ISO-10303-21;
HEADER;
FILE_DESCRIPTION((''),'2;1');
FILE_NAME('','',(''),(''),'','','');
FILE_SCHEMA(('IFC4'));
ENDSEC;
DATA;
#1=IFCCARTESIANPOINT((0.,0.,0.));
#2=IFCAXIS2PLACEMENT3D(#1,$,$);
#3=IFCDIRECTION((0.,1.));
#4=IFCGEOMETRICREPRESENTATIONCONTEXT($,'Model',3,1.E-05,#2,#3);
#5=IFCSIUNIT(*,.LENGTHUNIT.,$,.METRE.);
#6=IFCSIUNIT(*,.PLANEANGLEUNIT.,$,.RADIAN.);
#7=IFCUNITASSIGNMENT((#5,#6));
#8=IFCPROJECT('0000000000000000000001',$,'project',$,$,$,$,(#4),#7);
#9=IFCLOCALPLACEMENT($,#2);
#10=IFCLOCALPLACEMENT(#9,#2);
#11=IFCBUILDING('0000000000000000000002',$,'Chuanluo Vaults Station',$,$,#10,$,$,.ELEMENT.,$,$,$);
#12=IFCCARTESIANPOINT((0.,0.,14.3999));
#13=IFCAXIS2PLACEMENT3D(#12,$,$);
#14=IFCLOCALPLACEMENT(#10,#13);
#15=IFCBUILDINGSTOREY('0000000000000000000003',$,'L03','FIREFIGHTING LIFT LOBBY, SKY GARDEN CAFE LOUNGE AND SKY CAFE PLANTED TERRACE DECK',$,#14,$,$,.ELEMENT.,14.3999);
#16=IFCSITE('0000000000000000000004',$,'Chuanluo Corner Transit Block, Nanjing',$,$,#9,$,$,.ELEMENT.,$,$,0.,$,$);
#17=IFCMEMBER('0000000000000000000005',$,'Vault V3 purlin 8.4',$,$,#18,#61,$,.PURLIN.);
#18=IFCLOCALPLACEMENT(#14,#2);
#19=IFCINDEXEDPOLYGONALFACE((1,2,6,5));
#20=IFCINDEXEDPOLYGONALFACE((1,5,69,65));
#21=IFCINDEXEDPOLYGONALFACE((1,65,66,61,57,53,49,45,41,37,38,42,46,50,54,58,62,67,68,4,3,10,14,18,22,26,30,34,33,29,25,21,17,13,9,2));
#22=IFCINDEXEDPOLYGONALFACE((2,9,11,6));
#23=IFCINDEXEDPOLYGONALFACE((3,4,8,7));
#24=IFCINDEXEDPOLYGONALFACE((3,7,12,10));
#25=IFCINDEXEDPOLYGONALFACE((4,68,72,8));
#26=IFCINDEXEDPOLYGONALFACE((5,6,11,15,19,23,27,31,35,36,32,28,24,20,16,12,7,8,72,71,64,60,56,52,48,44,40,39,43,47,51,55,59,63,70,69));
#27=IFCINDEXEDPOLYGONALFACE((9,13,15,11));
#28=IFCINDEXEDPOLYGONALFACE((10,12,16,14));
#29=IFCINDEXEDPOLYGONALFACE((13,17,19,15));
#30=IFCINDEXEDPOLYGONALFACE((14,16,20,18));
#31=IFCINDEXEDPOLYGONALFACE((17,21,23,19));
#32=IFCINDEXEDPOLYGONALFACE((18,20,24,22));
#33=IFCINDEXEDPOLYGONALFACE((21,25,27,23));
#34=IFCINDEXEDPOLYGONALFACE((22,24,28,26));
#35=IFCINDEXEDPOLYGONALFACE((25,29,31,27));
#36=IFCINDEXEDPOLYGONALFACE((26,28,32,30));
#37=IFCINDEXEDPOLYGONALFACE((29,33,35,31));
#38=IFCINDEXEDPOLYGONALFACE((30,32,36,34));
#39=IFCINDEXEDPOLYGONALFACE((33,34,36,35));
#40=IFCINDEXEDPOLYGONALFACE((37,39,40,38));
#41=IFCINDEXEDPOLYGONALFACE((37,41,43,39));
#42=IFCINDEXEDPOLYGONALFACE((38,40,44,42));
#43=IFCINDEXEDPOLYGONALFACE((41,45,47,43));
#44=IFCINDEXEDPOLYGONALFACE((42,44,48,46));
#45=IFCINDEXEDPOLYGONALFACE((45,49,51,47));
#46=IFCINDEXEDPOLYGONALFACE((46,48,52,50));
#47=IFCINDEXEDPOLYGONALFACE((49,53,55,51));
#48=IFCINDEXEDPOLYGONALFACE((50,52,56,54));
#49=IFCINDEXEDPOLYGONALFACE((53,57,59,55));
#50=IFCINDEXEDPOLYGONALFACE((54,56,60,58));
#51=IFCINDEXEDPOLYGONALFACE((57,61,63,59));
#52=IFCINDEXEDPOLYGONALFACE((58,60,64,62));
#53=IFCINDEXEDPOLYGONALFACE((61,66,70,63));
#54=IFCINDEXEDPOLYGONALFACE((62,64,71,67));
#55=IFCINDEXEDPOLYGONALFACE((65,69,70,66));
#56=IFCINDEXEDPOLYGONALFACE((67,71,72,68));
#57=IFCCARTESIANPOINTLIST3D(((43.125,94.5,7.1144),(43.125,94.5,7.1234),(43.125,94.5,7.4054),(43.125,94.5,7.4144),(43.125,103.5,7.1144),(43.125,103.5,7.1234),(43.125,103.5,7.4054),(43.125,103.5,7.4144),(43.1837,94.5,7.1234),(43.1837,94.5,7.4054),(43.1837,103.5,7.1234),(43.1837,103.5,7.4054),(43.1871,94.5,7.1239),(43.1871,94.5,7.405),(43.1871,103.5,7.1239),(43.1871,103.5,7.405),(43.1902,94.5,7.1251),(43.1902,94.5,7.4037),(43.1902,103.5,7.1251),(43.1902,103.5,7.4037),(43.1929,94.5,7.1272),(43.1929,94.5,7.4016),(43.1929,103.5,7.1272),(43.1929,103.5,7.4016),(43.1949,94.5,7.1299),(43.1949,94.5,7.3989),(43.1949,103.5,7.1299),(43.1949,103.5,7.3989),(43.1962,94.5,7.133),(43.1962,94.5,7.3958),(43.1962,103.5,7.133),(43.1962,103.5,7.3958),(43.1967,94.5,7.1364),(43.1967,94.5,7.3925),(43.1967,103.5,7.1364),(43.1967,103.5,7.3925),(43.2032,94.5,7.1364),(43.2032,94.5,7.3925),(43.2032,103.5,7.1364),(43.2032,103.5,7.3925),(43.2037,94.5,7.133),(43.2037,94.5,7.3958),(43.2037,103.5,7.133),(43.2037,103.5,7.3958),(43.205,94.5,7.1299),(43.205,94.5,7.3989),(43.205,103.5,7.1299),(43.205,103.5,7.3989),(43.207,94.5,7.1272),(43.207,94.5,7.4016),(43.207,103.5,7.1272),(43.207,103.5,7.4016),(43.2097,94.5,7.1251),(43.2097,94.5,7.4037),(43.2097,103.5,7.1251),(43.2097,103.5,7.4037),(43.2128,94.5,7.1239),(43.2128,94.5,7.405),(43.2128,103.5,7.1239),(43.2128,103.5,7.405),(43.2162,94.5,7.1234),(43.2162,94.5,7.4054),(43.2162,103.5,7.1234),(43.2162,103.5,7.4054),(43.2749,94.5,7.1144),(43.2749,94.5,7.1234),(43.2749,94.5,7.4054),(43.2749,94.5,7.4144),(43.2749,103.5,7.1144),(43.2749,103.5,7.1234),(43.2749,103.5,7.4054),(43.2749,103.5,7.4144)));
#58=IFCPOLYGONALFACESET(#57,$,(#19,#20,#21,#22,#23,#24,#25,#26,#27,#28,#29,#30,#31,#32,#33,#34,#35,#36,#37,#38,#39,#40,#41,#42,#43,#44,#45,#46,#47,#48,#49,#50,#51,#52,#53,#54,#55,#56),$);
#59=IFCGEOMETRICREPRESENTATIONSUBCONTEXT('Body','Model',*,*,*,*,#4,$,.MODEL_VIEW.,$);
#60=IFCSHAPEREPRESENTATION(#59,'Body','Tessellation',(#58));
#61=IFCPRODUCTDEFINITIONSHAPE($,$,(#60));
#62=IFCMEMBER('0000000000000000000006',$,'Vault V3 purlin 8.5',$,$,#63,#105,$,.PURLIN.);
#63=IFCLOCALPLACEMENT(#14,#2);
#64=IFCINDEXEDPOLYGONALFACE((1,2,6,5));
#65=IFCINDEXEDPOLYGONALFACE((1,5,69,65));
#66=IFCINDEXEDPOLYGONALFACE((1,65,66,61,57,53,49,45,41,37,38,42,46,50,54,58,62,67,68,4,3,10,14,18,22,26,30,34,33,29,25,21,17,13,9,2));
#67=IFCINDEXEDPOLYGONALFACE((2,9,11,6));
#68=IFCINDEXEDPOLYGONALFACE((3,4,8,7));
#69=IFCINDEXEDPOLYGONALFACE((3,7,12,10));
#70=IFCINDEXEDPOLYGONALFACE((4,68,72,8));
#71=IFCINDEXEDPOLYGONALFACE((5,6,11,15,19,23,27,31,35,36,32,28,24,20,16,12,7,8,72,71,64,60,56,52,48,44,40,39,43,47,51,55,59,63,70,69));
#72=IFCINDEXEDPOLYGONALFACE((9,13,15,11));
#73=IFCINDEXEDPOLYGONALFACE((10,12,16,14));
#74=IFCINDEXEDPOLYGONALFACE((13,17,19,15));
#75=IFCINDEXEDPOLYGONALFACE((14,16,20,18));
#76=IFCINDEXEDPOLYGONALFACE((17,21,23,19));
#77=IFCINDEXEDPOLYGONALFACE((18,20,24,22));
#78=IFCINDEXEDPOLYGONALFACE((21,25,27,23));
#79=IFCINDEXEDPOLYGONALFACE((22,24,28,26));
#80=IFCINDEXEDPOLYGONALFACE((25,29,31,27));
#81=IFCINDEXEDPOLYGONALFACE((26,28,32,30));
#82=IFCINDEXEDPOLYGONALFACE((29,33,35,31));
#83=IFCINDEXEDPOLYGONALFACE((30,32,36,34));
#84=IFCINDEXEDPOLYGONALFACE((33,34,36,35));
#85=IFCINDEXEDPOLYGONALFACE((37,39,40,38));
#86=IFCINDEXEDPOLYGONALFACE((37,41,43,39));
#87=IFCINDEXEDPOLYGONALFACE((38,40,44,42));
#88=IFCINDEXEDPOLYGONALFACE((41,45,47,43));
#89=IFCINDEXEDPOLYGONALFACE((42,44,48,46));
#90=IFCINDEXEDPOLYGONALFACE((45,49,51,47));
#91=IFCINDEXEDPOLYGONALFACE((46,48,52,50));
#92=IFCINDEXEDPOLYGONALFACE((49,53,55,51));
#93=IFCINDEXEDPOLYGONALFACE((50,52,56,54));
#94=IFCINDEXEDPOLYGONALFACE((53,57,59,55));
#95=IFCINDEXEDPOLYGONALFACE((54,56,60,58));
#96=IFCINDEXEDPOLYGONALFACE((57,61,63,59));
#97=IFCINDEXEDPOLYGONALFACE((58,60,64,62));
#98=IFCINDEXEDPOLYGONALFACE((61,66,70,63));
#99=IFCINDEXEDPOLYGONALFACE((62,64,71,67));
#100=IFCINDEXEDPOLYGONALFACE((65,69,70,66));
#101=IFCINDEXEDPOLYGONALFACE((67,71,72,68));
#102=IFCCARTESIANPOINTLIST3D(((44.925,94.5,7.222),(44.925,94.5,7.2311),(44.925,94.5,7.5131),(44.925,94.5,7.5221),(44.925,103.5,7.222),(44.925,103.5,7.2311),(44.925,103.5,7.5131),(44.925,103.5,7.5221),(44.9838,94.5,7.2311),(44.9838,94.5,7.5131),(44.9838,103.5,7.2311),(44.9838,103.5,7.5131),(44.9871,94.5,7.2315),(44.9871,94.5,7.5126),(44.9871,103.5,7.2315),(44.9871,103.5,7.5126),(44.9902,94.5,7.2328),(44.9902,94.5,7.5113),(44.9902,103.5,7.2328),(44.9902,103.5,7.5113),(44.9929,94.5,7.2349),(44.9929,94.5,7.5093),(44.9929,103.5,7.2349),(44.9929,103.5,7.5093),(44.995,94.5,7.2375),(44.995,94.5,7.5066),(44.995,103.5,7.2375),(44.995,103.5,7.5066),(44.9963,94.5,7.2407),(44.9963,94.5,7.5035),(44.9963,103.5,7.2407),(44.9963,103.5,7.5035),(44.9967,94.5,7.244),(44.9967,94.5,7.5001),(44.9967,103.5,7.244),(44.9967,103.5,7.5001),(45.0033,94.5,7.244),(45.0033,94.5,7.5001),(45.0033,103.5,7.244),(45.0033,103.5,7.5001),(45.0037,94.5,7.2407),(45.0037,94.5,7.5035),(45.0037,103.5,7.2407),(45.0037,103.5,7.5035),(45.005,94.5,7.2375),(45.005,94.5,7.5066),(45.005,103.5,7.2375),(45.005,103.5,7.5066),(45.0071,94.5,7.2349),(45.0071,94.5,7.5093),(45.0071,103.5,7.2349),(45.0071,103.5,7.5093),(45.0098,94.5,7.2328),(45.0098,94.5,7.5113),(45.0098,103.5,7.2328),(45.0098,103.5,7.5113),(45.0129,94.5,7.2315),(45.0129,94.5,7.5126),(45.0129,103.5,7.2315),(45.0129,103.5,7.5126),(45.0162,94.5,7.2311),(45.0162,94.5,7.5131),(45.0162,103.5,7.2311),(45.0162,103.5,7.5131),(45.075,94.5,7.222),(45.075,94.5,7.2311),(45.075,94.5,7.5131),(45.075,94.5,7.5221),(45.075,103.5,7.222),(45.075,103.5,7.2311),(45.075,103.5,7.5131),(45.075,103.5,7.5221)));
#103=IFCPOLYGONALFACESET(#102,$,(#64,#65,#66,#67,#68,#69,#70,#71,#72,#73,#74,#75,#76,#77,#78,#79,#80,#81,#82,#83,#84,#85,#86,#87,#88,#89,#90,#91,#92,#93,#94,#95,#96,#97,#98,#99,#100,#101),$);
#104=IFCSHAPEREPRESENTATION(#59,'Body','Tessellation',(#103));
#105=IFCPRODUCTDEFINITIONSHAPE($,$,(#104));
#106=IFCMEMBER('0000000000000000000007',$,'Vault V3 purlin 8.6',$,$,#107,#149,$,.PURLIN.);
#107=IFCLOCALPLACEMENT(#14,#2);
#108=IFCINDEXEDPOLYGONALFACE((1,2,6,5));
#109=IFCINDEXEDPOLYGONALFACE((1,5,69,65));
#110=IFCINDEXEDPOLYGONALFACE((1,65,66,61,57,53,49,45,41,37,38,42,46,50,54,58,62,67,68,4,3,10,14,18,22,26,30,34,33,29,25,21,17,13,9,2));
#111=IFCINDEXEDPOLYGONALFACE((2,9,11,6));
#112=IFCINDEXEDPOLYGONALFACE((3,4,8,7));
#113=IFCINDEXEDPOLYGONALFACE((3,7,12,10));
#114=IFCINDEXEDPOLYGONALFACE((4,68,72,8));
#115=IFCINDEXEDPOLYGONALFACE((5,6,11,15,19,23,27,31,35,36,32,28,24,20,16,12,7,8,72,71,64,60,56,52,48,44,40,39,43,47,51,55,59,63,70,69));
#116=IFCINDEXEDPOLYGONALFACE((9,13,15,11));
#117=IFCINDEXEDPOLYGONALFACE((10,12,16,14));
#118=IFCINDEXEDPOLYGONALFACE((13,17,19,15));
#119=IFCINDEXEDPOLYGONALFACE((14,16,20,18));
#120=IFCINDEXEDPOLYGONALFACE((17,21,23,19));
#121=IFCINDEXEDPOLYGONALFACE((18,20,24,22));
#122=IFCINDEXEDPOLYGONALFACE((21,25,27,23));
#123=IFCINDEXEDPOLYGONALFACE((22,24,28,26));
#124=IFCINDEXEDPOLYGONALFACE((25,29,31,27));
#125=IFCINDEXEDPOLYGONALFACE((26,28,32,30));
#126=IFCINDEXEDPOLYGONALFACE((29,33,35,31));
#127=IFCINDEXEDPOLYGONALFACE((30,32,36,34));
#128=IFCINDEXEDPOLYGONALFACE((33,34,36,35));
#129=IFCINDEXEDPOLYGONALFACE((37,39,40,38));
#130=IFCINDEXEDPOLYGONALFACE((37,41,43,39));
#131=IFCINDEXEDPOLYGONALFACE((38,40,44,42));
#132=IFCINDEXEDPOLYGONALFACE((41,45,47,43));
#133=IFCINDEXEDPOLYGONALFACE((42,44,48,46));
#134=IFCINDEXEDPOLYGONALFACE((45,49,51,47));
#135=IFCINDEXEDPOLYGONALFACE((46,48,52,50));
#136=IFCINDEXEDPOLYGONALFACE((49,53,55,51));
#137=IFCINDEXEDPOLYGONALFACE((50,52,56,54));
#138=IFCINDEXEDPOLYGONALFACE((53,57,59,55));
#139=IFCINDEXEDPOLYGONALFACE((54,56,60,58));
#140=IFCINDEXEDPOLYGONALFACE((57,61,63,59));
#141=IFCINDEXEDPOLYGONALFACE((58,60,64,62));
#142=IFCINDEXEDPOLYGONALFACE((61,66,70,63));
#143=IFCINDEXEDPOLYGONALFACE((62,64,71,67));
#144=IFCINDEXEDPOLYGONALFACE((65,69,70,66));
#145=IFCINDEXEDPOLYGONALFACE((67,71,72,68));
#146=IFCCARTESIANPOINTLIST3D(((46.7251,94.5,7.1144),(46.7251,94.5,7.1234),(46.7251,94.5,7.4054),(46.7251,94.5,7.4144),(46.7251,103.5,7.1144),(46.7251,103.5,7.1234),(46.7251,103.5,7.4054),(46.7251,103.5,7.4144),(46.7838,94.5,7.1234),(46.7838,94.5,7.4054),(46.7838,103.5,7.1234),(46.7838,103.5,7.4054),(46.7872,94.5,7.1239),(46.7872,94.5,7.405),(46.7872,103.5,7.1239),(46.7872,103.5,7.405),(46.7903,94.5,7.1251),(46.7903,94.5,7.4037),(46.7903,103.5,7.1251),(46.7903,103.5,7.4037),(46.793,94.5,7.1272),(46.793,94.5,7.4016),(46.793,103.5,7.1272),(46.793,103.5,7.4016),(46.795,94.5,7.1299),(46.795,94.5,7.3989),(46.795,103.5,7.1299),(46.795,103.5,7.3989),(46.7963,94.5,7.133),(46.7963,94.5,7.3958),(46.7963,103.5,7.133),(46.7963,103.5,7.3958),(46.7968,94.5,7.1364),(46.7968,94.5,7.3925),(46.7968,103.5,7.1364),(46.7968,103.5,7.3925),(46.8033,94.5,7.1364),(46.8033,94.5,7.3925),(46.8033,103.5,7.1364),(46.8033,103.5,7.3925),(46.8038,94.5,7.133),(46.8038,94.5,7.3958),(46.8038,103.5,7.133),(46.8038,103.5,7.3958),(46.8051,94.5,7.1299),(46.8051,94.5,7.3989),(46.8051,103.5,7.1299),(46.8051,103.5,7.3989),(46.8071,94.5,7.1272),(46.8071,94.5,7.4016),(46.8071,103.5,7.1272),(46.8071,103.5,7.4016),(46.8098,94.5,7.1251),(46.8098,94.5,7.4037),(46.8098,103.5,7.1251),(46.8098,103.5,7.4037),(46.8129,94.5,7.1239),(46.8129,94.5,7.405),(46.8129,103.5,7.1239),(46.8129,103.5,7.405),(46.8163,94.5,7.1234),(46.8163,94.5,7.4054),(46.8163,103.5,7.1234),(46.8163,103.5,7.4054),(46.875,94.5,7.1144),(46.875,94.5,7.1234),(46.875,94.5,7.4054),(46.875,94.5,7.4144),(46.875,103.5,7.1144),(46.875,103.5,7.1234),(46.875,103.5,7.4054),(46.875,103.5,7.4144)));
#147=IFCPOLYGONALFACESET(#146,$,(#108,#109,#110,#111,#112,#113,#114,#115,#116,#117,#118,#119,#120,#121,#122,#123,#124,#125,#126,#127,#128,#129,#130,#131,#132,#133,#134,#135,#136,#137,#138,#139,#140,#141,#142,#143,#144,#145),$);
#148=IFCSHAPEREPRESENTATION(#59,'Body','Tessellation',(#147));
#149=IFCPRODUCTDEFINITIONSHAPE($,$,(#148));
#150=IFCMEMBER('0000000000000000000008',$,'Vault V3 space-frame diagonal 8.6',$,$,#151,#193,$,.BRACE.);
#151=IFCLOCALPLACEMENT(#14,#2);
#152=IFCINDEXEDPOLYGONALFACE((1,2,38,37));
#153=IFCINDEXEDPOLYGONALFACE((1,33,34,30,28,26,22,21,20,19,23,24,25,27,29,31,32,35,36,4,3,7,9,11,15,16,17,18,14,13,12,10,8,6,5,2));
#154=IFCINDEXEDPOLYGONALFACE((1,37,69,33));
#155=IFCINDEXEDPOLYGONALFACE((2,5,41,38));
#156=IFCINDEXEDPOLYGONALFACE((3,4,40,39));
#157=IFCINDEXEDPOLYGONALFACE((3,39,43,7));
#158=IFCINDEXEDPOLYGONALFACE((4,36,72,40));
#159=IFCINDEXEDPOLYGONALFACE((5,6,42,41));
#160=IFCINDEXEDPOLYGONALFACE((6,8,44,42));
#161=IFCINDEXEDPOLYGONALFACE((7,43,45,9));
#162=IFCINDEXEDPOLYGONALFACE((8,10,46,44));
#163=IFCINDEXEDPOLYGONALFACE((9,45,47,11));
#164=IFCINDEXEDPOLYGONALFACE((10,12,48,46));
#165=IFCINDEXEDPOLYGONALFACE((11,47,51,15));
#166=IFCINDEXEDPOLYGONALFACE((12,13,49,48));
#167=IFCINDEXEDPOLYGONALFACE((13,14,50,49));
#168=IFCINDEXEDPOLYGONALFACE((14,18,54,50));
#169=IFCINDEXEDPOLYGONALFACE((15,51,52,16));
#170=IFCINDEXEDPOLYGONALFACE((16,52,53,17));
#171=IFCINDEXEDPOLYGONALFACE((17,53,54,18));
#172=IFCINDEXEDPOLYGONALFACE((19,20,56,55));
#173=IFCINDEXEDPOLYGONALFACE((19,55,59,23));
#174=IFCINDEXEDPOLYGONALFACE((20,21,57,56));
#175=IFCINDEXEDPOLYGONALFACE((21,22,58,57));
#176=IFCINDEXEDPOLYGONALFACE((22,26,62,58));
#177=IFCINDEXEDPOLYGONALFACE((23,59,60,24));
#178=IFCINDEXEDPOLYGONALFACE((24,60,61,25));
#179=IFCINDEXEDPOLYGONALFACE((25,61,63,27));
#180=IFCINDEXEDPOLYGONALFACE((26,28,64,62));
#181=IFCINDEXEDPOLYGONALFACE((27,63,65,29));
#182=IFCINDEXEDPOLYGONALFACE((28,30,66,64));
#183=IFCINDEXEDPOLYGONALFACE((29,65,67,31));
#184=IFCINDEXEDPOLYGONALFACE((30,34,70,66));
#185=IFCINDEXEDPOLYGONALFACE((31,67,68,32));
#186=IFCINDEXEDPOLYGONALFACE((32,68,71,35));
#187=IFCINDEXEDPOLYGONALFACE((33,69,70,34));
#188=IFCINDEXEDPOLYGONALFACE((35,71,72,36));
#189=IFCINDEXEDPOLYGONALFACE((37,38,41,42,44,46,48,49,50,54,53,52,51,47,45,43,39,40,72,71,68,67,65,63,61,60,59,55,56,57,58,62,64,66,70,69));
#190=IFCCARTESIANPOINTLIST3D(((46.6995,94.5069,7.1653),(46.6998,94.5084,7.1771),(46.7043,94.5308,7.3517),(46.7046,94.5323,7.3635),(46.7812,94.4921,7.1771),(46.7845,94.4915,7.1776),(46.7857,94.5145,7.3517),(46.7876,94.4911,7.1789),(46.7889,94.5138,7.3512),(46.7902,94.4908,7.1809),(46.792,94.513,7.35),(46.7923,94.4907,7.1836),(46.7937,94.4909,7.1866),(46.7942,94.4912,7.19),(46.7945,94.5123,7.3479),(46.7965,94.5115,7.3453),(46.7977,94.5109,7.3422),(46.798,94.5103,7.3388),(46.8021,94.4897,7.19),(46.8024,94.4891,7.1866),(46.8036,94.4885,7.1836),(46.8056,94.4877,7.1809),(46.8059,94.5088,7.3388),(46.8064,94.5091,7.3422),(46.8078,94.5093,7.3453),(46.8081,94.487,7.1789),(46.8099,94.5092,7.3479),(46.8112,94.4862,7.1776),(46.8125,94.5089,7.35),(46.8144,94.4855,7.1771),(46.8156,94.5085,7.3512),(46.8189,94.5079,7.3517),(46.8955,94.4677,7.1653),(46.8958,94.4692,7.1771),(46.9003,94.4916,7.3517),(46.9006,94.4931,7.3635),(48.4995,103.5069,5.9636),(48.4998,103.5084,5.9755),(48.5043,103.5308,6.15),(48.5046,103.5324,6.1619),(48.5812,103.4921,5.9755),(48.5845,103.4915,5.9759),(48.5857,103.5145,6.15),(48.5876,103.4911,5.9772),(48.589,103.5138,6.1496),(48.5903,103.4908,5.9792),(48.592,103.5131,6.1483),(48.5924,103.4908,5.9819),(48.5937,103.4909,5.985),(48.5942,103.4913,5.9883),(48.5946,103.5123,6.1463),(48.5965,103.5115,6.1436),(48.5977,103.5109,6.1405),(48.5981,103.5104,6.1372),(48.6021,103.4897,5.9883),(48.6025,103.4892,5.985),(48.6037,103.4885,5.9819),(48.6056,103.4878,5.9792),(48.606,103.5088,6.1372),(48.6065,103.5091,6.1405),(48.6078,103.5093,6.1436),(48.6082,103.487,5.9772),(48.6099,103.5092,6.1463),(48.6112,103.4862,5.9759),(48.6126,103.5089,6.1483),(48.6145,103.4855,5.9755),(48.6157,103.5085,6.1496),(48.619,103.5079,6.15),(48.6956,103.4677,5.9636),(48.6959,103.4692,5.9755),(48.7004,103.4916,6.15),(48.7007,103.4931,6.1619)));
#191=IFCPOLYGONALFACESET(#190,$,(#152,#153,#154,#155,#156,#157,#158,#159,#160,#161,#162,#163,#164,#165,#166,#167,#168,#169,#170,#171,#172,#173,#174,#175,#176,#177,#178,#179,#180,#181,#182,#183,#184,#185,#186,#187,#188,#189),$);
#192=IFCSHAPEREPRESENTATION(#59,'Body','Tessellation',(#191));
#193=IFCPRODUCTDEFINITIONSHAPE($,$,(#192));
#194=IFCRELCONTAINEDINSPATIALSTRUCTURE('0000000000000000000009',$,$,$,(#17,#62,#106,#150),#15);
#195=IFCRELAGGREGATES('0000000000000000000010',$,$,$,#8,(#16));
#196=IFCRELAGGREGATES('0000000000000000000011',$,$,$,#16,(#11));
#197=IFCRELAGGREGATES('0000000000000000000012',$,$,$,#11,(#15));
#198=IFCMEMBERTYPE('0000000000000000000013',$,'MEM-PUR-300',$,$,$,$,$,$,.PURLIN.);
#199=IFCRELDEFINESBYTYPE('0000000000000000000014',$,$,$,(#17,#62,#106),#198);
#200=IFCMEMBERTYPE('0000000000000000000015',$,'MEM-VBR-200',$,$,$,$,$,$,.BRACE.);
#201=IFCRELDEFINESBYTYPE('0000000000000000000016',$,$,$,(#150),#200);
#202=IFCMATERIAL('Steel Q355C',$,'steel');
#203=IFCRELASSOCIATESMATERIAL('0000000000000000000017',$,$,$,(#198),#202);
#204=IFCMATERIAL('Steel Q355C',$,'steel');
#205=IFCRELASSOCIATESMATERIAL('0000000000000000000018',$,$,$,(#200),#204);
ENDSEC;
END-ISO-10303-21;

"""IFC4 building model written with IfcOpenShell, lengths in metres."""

from ifc_helpers import new_model, si_unit, direction, frame, origin, origin_2d, place, context, subcontext, project, spatial, i_section, extrude, material, material_profile, profile_set, type_object, element, save


model = new_model("IFC4")

# Units and contexts
model_context = context("Model", 3, precision=1e-05, world=origin(), true_north=direction((0.0, 1.0)))
body_context = subcontext(model_context, "Body", "Model", "MODEL_VIEW")
ifc_project = project(units=[si_unit("LENGTHUNIT", "METRE"), si_unit("PLANEANGLEUNIT", "RADIAN")], contexts=[model_context])

# Site, building, storey
site_placement = place(None, origin())
site = spatial("IfcSite", under=ifc_project, at=site_placement, Name="Chuanluo Corner Transit Block, Nanjing", CompositionType="ELEMENT", RefElevation=0.0)
building_placement = place(site_placement, origin())
building = spatial("IfcBuilding", under=site, at=building_placement, Name="Chuanluo Vaults Station", CompositionType="ELEMENT")
storey_placement = place(building_placement, frame((0.0, 0.0, 14.3999)))
storey = spatial("IfcBuildingStorey", under=building, at=storey_placement, Name="L03", Description="FIREFIGHTING LIFT LOBBY, SKY GARDEN CAFE LOUNGE AND SKY CAFE PLANTED TERRACE DECK", CompositionType="ELEMENT", Elevation=14.3999)

# Members
ifc_material_1 = material(Name="Steel Q355C", Category="steel")
ifc_material_profile_1 = material_profile(ifc_material_1, i_section(OverallWidth=0.1499, OverallDepth=0.3, WebThickness=0.0066, FlangeThickness=0.009, FilletRadius=0.0129, at=origin_2d()))
ifc_profile_set_1 = profile_set([ifc_material_profile_1], Name="Steel Q355C")
member_type_1 = type_object("IfcMemberType", Name="MEM-PUR-300", PredefinedType="PURLIN", material=ifc_profile_set_1)
for number, where, z_axis, x_axis, name in (
    (1, (43.2, 94.5, 7.2644), (0.0, 1.0, 0.0), (-1.0, 0.0, 0.0), "Vault V3 purlin 8.4"),
    (2, (45.0, 94.5, 7.3721), (0.0, 1.0, 0.0), (-1.0, 0.0, 0.0), "Vault V3 purlin 8.5"),
    (3, (46.8, 94.5, 7.2644), (0.0, 1.0, 0.0), (-1.0, 0.0, 0.0), "Vault V3 purlin 8.6"),
):
    element("IfcMember", number, at=place(storey_placement, frame(where, z_axis=z_axis, x_axis=x_axis)), inside=storey, type_object=member_type_1, Name=name, PredefinedType="PURLIN", context=body_context, shape_type="SweptSolid", body=[
        extrude(i_section(OverallWidth=0.1499, OverallDepth=0.3, WebThickness=0.0066, FlangeThickness=0.009, FilletRadius=0.0129, at=origin_2d()), origin(), (0.0, 0.0, 1.0), 9.0),
    ])
ifc_material_2 = material(Name="Steel Q355C", Category="steel")
ifc_material_profile_2 = material_profile(ifc_material_2, i_section(OverallWidth=0.2, OverallDepth=0.2, WebThickness=0.0081, FlangeThickness=0.012, FilletRadius=0.0129, at=origin_2d()))
ifc_profile_set_2 = profile_set([ifc_material_profile_2], Name="Steel Q355C")
member_type_2 = type_object("IfcMemberType", Name="MEM-VBR-200", PredefinedType="BRACE", material=ifc_profile_set_2)
member_1_placement = place(storey_placement, frame((46.8, 94.5, 7.2644), z_axis=(0.194462, 0.972282, -0.129817), x_axis=(-0.98058, 0.196121, 0.0)))
element("IfcMember", 4, at=member_1_placement, inside=storey, type_object=member_type_2, Name="Vault V3 space-frame diagonal 8.6", PredefinedType="BRACE", context=body_context, shape_type="SweptSolid", body=[
    extrude(i_section(OverallWidth=0.2, OverallDepth=0.2, WebThickness=0.0081, FlangeThickness=0.012, FilletRadius=0.0129, at=origin_2d()), origin(), (0.0, 0.0, 1.0), 9.2566),
])

save(model, "model.ifc")
